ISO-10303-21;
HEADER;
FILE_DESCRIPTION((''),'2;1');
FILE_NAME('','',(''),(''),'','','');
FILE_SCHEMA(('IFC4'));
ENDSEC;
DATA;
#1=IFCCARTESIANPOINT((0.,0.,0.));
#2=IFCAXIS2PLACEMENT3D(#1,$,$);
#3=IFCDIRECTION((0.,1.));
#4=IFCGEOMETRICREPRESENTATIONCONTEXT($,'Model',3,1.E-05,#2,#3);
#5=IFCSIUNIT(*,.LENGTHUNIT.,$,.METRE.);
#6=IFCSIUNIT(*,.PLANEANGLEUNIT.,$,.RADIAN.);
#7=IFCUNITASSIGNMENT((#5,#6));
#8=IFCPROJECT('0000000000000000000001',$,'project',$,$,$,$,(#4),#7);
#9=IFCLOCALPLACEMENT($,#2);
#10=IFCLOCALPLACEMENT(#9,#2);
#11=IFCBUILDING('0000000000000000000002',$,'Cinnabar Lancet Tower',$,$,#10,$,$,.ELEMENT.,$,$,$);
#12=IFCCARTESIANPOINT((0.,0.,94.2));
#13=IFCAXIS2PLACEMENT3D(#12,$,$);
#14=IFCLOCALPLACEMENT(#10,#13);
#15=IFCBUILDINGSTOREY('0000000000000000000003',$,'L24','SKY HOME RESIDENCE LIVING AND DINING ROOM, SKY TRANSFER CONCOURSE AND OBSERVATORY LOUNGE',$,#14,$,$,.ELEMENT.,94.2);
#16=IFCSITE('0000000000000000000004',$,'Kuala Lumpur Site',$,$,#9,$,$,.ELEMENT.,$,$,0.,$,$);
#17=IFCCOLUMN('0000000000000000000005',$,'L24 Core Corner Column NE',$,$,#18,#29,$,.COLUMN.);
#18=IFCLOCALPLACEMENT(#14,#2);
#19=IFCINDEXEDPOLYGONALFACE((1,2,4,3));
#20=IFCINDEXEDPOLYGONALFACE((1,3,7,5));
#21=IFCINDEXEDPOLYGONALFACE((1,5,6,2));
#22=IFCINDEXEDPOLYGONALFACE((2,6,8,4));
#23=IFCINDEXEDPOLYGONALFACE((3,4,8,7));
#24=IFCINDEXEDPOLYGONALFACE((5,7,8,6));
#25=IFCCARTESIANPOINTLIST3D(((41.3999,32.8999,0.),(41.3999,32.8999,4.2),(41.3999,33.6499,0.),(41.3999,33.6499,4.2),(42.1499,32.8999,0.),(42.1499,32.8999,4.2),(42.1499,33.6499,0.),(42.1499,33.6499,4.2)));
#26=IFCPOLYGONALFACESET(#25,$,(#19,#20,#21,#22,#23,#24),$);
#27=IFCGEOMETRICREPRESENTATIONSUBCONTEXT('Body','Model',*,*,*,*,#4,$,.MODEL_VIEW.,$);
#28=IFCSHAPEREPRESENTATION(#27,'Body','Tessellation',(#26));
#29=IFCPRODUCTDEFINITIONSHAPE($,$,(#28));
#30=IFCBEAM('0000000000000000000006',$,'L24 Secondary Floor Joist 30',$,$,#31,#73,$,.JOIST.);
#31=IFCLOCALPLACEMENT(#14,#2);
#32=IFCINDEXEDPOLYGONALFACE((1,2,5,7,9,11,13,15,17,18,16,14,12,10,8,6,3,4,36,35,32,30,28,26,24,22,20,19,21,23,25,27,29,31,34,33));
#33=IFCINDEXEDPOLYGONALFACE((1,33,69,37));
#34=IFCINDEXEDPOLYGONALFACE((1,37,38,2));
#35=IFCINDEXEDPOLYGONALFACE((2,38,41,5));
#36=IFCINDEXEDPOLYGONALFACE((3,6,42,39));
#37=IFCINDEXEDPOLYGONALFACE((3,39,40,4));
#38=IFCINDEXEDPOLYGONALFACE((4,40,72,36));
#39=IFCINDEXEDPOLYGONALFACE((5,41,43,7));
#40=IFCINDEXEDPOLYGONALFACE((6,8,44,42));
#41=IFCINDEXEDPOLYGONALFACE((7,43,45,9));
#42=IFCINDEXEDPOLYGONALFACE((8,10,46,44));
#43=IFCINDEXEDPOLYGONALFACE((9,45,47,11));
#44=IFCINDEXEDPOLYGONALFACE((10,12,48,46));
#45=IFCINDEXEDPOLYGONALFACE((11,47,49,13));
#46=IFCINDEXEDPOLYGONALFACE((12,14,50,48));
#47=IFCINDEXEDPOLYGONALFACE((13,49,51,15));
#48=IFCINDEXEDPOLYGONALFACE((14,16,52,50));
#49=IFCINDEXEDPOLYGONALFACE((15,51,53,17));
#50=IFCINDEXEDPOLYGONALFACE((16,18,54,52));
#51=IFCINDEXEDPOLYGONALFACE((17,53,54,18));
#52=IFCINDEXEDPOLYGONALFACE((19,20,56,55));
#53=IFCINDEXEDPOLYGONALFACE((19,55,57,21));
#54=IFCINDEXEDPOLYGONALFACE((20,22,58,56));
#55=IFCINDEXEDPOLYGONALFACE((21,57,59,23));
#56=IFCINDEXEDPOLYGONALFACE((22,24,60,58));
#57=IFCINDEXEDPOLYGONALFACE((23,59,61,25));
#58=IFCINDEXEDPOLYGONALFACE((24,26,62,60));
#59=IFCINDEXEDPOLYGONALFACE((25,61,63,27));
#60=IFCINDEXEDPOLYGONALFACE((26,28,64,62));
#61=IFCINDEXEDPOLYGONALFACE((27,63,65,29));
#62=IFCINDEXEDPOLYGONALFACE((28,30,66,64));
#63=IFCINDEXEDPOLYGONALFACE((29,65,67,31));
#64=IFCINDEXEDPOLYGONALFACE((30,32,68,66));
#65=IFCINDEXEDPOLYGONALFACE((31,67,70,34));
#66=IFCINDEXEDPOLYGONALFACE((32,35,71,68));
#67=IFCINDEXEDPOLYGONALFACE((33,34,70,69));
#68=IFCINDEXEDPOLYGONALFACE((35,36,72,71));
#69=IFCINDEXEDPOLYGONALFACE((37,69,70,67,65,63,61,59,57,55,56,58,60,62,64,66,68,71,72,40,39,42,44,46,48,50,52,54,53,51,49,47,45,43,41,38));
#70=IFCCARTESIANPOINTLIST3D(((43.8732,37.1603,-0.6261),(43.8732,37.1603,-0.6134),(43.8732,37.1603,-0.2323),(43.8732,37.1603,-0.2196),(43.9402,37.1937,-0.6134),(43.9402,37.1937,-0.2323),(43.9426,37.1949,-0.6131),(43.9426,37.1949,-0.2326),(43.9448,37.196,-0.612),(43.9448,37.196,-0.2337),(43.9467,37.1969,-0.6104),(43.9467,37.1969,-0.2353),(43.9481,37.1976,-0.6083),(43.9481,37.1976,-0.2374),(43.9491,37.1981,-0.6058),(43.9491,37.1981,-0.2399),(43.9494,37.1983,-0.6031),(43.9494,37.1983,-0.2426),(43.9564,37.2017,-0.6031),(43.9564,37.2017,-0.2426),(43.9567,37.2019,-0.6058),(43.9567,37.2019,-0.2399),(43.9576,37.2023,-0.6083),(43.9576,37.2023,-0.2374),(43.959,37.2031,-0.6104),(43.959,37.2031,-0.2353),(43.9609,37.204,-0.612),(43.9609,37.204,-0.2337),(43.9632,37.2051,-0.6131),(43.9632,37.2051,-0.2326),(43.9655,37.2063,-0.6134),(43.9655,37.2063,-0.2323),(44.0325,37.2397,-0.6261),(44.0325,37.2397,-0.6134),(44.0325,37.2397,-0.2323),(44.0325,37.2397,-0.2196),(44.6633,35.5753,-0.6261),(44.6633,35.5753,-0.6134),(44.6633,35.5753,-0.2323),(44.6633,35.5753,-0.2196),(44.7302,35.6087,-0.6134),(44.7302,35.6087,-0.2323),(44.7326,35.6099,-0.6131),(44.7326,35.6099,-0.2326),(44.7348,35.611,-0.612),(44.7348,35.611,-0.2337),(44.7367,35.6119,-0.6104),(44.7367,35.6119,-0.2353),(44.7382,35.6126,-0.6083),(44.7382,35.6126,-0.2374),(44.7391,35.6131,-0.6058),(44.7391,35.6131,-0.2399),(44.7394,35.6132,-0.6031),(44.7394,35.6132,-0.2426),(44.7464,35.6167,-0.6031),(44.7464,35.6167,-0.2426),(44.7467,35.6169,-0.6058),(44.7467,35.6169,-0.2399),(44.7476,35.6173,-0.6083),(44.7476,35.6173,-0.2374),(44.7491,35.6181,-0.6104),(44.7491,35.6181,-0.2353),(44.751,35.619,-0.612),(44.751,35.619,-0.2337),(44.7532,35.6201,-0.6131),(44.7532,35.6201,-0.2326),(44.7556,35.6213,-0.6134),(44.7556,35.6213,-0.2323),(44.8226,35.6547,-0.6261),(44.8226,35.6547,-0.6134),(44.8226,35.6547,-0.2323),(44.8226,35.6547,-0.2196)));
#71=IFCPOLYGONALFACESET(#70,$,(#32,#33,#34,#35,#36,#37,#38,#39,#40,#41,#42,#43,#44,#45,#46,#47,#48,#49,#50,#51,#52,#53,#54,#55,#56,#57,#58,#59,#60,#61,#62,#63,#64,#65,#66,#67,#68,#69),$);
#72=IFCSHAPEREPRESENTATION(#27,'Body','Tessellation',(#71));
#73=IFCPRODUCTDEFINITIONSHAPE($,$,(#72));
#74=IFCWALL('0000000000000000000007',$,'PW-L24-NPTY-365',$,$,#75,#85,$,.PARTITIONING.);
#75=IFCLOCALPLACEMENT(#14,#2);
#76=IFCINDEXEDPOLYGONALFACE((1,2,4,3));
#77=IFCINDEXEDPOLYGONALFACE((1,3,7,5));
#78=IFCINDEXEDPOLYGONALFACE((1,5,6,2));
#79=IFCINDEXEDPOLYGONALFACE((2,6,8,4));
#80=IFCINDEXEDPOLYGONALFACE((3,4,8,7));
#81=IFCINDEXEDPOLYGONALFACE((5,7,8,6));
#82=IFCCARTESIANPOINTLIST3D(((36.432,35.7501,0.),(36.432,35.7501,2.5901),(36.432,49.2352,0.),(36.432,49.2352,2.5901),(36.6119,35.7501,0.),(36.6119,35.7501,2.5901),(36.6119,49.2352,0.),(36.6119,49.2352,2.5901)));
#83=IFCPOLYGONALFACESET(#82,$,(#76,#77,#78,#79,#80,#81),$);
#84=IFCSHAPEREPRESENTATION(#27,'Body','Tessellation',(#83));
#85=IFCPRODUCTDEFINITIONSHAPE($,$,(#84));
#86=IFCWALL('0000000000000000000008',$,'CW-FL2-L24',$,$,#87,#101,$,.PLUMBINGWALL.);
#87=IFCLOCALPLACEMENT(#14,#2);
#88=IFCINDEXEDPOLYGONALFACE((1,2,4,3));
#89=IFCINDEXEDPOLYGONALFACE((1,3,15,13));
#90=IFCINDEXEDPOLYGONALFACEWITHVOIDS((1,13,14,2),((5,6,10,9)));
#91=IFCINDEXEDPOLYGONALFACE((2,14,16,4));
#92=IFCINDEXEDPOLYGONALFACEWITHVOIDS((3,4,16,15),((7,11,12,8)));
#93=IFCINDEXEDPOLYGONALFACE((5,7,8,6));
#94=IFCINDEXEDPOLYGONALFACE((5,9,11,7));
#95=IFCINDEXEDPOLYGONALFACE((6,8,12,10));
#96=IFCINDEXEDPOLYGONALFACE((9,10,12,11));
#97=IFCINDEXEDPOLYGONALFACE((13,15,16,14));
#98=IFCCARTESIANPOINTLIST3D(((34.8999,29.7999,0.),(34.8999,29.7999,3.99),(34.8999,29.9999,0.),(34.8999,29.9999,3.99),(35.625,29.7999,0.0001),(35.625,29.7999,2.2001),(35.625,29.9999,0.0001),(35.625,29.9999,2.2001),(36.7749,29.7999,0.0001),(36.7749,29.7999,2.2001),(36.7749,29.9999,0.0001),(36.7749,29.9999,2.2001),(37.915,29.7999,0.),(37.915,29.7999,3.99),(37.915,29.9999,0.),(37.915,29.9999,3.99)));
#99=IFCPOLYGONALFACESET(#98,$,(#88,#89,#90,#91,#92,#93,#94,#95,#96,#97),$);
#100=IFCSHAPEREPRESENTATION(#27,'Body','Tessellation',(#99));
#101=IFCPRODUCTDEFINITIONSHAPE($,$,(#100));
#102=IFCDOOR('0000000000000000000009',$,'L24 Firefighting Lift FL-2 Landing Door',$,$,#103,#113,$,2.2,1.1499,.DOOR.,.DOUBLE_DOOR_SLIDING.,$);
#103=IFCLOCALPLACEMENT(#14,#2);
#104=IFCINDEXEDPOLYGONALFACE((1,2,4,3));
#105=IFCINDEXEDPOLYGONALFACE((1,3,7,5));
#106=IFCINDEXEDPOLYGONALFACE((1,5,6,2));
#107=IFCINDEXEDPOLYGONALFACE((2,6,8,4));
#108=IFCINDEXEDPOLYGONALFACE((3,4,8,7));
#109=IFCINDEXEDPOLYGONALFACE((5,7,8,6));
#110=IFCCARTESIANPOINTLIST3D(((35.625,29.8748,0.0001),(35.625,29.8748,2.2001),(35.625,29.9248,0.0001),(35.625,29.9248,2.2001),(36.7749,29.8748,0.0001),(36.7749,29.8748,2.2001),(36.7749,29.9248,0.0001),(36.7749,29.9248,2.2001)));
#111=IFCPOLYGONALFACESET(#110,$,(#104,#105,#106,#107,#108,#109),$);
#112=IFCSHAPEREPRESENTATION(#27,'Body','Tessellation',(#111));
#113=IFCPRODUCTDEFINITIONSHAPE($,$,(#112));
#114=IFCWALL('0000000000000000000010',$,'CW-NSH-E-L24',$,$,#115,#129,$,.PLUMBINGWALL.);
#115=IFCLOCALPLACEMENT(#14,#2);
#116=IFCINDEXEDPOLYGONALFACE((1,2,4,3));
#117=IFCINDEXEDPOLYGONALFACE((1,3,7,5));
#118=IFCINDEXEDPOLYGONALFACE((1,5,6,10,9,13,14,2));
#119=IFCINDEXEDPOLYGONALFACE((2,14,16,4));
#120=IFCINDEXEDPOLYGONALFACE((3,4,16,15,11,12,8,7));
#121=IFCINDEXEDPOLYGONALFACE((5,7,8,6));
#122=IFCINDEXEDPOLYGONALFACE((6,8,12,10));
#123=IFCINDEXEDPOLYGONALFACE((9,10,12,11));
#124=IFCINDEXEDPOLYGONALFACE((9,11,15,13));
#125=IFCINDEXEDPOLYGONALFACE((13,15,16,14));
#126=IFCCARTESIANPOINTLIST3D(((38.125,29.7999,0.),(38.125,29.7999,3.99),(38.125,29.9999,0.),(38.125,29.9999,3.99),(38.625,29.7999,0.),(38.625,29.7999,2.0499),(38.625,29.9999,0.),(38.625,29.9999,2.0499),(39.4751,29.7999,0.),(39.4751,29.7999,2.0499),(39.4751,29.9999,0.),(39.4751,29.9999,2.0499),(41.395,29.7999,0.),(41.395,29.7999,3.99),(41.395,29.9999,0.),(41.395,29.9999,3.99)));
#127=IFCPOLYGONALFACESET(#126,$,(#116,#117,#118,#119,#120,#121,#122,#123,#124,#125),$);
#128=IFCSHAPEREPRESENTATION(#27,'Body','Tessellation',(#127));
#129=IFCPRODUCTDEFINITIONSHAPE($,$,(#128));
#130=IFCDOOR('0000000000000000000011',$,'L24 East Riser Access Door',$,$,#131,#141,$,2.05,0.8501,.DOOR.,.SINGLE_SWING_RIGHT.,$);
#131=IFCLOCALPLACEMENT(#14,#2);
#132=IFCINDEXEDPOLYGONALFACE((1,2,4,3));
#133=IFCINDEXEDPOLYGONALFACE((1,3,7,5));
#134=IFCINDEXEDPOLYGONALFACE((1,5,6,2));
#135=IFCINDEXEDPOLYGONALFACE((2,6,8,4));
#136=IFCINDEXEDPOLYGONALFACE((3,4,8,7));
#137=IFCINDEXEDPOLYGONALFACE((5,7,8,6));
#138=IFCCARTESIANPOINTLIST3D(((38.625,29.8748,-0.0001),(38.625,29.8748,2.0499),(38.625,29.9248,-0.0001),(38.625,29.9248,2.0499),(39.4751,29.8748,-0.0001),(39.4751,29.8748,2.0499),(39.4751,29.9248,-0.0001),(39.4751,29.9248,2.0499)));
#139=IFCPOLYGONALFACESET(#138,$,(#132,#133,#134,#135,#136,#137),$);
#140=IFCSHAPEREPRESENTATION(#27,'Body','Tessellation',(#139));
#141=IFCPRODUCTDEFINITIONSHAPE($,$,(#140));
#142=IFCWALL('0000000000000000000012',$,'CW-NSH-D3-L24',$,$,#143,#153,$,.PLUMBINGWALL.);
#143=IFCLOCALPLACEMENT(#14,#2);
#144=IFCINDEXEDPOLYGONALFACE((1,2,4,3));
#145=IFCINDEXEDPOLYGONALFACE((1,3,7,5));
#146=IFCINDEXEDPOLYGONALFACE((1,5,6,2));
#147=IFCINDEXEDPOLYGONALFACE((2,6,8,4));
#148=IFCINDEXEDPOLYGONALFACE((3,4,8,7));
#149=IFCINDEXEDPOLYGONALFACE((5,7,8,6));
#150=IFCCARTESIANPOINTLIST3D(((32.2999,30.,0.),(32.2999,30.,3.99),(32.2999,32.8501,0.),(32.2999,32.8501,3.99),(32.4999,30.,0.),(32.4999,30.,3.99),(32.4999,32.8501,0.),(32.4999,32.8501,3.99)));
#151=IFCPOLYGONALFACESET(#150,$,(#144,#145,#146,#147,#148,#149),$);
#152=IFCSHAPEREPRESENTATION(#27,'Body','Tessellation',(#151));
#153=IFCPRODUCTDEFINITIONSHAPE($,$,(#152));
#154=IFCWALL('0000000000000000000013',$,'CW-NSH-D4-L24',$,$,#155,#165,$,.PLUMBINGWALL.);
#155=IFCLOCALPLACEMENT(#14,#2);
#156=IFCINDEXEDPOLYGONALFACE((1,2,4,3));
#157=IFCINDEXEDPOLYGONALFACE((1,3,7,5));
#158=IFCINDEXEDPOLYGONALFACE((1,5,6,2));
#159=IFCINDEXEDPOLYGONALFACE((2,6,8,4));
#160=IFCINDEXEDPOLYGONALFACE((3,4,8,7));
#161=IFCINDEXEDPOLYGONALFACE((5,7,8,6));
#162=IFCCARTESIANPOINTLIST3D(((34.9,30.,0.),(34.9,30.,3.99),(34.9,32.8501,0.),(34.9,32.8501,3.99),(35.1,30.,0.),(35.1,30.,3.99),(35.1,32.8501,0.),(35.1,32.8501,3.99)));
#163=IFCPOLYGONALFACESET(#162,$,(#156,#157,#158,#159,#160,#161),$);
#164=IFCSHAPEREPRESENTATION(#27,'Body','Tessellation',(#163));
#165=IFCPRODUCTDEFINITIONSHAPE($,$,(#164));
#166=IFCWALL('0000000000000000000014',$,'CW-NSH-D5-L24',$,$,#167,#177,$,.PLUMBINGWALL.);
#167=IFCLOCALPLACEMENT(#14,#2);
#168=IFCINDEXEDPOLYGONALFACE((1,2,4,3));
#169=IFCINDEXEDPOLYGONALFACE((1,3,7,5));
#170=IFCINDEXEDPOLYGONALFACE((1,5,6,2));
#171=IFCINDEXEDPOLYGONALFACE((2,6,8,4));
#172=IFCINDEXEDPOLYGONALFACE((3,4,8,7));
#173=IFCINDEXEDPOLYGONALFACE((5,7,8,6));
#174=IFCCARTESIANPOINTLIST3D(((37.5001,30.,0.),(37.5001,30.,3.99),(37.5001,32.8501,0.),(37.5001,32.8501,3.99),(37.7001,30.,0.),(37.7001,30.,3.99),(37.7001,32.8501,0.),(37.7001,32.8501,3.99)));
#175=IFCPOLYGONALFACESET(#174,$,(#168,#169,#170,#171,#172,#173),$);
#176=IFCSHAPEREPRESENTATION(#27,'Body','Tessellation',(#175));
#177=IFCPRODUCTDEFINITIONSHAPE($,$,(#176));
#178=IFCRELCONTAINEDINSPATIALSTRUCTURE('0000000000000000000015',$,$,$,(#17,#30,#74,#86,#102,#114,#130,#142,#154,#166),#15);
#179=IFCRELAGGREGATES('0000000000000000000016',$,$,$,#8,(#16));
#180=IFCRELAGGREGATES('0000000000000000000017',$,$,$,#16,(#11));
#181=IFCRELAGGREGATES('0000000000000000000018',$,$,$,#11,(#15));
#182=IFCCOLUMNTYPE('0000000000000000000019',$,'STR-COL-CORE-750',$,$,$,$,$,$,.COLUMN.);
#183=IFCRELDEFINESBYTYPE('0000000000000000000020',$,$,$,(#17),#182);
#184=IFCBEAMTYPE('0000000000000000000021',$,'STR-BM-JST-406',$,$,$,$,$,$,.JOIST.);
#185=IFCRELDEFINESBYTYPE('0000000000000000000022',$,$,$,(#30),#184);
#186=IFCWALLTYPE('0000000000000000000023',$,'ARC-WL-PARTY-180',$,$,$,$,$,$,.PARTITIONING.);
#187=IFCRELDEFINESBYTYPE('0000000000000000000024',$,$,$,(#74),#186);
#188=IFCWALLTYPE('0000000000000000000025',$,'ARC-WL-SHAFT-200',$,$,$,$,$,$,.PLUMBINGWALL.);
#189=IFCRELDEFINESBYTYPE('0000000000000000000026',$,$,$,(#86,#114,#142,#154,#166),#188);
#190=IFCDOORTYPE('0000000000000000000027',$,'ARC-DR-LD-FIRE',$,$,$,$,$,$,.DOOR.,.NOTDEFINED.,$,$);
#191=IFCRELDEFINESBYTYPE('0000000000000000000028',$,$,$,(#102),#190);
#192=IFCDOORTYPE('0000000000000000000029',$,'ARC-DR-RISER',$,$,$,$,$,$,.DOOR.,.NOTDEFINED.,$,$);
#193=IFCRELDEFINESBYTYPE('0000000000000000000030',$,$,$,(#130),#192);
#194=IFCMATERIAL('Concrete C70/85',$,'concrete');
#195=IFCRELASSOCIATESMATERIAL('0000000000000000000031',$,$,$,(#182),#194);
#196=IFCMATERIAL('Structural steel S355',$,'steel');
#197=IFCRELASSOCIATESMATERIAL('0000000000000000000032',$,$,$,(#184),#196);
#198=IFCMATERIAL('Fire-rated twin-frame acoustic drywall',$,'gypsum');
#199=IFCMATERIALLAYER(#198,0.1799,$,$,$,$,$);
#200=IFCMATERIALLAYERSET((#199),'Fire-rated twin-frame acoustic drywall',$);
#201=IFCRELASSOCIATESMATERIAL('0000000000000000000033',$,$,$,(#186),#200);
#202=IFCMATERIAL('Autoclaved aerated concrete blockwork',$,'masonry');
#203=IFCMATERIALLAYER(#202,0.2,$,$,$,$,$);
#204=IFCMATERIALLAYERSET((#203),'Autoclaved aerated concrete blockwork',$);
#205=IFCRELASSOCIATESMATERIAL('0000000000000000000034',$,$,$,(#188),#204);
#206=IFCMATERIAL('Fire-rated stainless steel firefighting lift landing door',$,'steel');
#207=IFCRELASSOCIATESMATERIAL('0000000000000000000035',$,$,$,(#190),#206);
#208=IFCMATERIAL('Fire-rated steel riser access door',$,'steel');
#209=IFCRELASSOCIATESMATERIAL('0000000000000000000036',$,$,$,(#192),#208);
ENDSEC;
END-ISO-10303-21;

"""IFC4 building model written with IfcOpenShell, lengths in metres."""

from ifc_helpers import new_model, si_unit, direction, frame, frame_2d, origin, origin_2d, place, context, subcontext, project, spatial, rectangle, i_section, extrude, material, layer, layer_set, material_profile, profile_set, type_object, element, fill, save


model = new_model("IFC4")

# Units and contexts
model_context = context("Model", 3, precision=1e-05, world=origin(), true_north=direction((0.0, 1.0)))
body_context = subcontext(model_context, "Body", "Model", "MODEL_VIEW")
ifc_project = project(units=[si_unit("LENGTHUNIT", "METRE"), si_unit("PLANEANGLEUNIT", "RADIAN")], contexts=[model_context])

# Site, building, storey
site_placement = place(None, origin())
site = spatial("IfcSite", under=ifc_project, at=site_placement, Name="Kuala Lumpur Site", CompositionType="ELEMENT", RefElevation=0.0)
building_placement = place(site_placement, origin())
building = spatial("IfcBuilding", under=site, at=building_placement, Name="Cinnabar Lancet Tower", CompositionType="ELEMENT")
storey_placement = place(building_placement, frame((0.0, 0.0, 94.2)))
storey = spatial("IfcBuildingStorey", under=building, at=storey_placement, Name="L24", Description="SKY HOME RESIDENCE LIVING AND DINING ROOM, SKY TRANSFER CONCOURSE AND OBSERVATORY LOUNGE", CompositionType="ELEMENT", Elevation=94.2)

# Column
ifc_material_1 = material(Name="Concrete C70/85", Category="concrete")
ifc_material_profile_1 = material_profile(ifc_material_1, rectangle(XDim=0.75, YDim=0.75, at=origin_2d()), Name="RC-COL 750x750")
ifc_profile_set_1 = profile_set([ifc_material_profile_1], Name="Concrete C70/85")
column_type = type_object("IfcColumnType", Name="STR-COL-CORE-750", PredefinedType="COLUMN", material=ifc_profile_set_1)
column_placement = place(storey_placement, frame((41.7749, 33.2749, 0.0), z_axis=(0.0, 0.0, 1.0), x_axis=(1.0, 0.0, 0.0)))
element("IfcColumn", 1, at=column_placement, inside=storey, type_object=column_type, Name="L24 Core Corner Column NE", PredefinedType="COLUMN", context=body_context, shape_type="SweptSolid", body=[
    extrude(rectangle(XDim=0.75, YDim=0.75, at=origin_2d()), origin(), (0.0, 0.0, 1.0), 4.2),
])

# Beam
ifc_material_2 = material(Name="Structural steel S355", Category="steel")
ifc_material_profile_2 = material_profile(ifc_material_2, i_section(OverallWidth=0.178, OverallDepth=0.4065, WebThickness=0.0078, FlangeThickness=0.0127, FilletRadius=0.0103, at=origin_2d()), Name="UKB 406x178x60")
ifc_profile_set_2 = profile_set([ifc_material_profile_2], Name="Structural steel S355")
beam_type = type_object("IfcBeamType", Name="STR-BM-JST-406", PredefinedType="JOIST", material=ifc_profile_set_2)
beam_placement = place(storey_placement, frame((44.7429, 35.615, -0.4229), z_axis=(-0.44611, 0.894978, 0.0), x_axis=(-0.894978, -0.44611, 0.0)))
element("IfcBeam", 2, at=beam_placement, inside=storey, type_object=beam_type, Name="L24 Secondary Floor Joist 30", PredefinedType="JOIST", context=body_context, shape_type="SweptSolid", body=[
    extrude(i_section(OverallWidth=0.178, OverallDepth=0.4065, WebThickness=0.0078, FlangeThickness=0.0127, FilletRadius=0.0103, at=origin_2d()), origin(), (0.0, 0.0, 1.0), 1.771),
])

# Wall
ifc_material_3 = material(Name="Fire-rated twin-frame acoustic drywall", Category="gypsum")
ifc_layer_1 = layer(ifc_material_3, 0.1799)
ifc_layer_set_1 = layer_set([ifc_layer_1], Name="Fire-rated twin-frame acoustic drywall")
wall_type_1 = type_object("IfcWallType", Name="ARC-WL-PARTY-180", PredefinedType="PARTITIONING", material=ifc_layer_set_1)
wall_1_placement = place(storey_placement, frame((36.522, 35.75, 0.0), z_axis=(0.0, 0.0, 1.0), x_axis=(0.0, 1.0, 0.0)))
element("IfcWall", 3, at=wall_1_placement, inside=storey, type_object=wall_type_1, Name="PW-L24-NPTY-365", PredefinedType="PARTITIONING", context=body_context, shape_type="SweptSolid", body=[
    extrude(rectangle(XDim=13.4851, YDim=0.1799, at=frame_2d((6.7427, 0.0))), origin(), (0.0, 0.0, 1.0), 2.5901),
])

# Walls, openings, doors
ifc_material_4 = material(Name="Autoclaved aerated concrete blockwork", Category="masonry")
ifc_layer_2 = layer(ifc_material_4, 0.2)
ifc_layer_set_2 = layer_set([ifc_layer_2], Name="Autoclaved aerated concrete blockwork")
wall_type_2 = type_object("IfcWallType", Name="ARC-WL-SHAFT-200", PredefinedType="PLUMBINGWALL", material=ifc_layer_set_2)
wall_2_placement = place(storey_placement, frame((34.8999, 29.8999, 0.0), z_axis=(0.0, 0.0, 1.0), x_axis=(1.0, 0.0, 0.0)))
wall_2 = element("IfcWall", 4, at=wall_2_placement, inside=storey, type_object=wall_type_2, Name="CW-FL2-L24", PredefinedType="PLUMBINGWALL", context=body_context, shape_type="SweptSolid", body=[
    extrude(rectangle(XDim=3.0151, YDim=0.2, at=frame_2d((1.5076, 0.0))), origin(), (0.0, 0.0, 1.0), 3.99),
])
opening_1_placement = place(wall_2_placement, frame((0.7251, 0.0, 0.0)))
opening_1 = element("IfcOpeningElement", 5, at=opening_1_placement, cuts=wall_2, PredefinedType="OPENING", context=body_context, shape_type="SweptSolid", body=[
    extrude(rectangle(XDim=1.1499, YDim=2.2, at=frame_2d((0.575, 1.1001))), frame((0.0, 0.1099, 0.0), z_axis=(0.0, -1.0, 0.0), x_axis=(1.0, 0.0, 0.0)), (0.0, 0.0, 1.0), 0.22),
])
ifc_material_5 = material(Name="Fire-rated stainless steel firefighting lift landing door", Category="steel")
door_type_1 = type_object("IfcDoorType", Name="ARC-DR-LD-FIRE", OperationType="NOTDEFINED", PredefinedType="DOOR", material=ifc_material_5)
door_1_placement = place(opening_1_placement, origin())
door_1 = element("IfcDoor", 6, at=door_1_placement, inside=storey, type_object=door_type_1, Name="L24 Firefighting Lift FL-2 Landing Door", OperationType="DOUBLE_DOOR_SLIDING", OverallHeight=2.2, OverallWidth=1.1499, PredefinedType="DOOR", context=body_context, shape_type="SweptSolid", body=[
    extrude(rectangle(XDim=1.1499, YDim=2.2, at=frame_2d((0.575, 1.1001))), frame((0.0, 0.0249, 0.0), z_axis=(0.0, -1.0, 0.0), x_axis=(1.0, 0.0, 0.0)), (0.0, 0.0, 1.0), 0.05),
])
fill(opening_1, door_1)
wall_3_placement = place(storey_placement, frame((38.125, 29.8999, 0.0), z_axis=(0.0, 0.0, 1.0), x_axis=(1.0, 0.0, 0.0)))
wall_3 = element("IfcWall", 7, at=wall_3_placement, inside=storey, type_object=wall_type_2, Name="CW-NSH-E-L24", PredefinedType="PLUMBINGWALL", context=body_context, shape_type="SweptSolid", body=[
    extrude(rectangle(XDim=3.27, YDim=0.2, at=frame_2d((1.635, 0.0))), origin(), (0.0, 0.0, 1.0), 3.99),
])
opening_2_placement = place(wall_3_placement, frame((0.5, 0.0, 0.0)))
opening_2 = element("IfcOpeningElement", 8, at=opening_2_placement, cuts=wall_3, PredefinedType="OPENING", context=body_context, shape_type="SweptSolid", body=[
    extrude(rectangle(XDim=0.8501, YDim=2.05, at=frame_2d((0.425, 1.0249))), frame((0.0, 0.1099, 0.0), z_axis=(0.0, -1.0, 0.0), x_axis=(1.0, 0.0, 0.0)), (0.0, 0.0, 1.0), 0.22),
])
ifc_material_6 = material(Name="Fire-rated steel riser access door", Category="steel")
door_type_2 = type_object("IfcDoorType", Name="ARC-DR-RISER", OperationType="NOTDEFINED", PredefinedType="DOOR", material=ifc_material_6)
door_2_placement = place(opening_2_placement, origin())
door_2 = element("IfcDoor", 9, at=door_2_placement, inside=storey, type_object=door_type_2, Name="L24 East Riser Access Door", OperationType="SINGLE_SWING_RIGHT", OverallHeight=2.05, OverallWidth=0.8501, PredefinedType="DOOR", context=body_context, shape_type="SweptSolid", body=[
    extrude(rectangle(XDim=0.8501, YDim=2.05, at=frame_2d((0.425, 1.0249))), frame((0.0, 0.0249, 0.0), z_axis=(0.0, -1.0, 0.0), x_axis=(1.0, 0.0, 0.0)), (0.0, 0.0, 1.0), 0.05),
])
fill(opening_2, door_2)

# Walls
for number, where, z_axis, x_axis, name in (
    (10, (32.3999, 30.0, 0.0), (0.0, 0.0, 1.0), (0.0, 1.0, 0.0), "CW-NSH-D3-L24"),
    (11, (35.0, 30.0, 0.0), (0.0, 0.0, 1.0), (0.0, 1.0, 0.0), "CW-NSH-D4-L24"),
    (12, (37.6001, 30.0, 0.0), (0.0, 0.0, 1.0), (0.0, 1.0, 0.0), "CW-NSH-D5-L24"),
):
    element("IfcWall", number, at=place(storey_placement, frame(where, z_axis=z_axis, x_axis=x_axis)), inside=storey, type_object=wall_type_2, Name=name, PredefinedType="PLUMBINGWALL", context=body_context, shape_type="SweptSolid", body=[
        extrude(rectangle(XDim=2.8501, YDim=0.2, at=frame_2d((1.425, 0.0))), origin(), (0.0, 0.0, 1.0), 3.99),
    ])

save(model, "model.ifc")
